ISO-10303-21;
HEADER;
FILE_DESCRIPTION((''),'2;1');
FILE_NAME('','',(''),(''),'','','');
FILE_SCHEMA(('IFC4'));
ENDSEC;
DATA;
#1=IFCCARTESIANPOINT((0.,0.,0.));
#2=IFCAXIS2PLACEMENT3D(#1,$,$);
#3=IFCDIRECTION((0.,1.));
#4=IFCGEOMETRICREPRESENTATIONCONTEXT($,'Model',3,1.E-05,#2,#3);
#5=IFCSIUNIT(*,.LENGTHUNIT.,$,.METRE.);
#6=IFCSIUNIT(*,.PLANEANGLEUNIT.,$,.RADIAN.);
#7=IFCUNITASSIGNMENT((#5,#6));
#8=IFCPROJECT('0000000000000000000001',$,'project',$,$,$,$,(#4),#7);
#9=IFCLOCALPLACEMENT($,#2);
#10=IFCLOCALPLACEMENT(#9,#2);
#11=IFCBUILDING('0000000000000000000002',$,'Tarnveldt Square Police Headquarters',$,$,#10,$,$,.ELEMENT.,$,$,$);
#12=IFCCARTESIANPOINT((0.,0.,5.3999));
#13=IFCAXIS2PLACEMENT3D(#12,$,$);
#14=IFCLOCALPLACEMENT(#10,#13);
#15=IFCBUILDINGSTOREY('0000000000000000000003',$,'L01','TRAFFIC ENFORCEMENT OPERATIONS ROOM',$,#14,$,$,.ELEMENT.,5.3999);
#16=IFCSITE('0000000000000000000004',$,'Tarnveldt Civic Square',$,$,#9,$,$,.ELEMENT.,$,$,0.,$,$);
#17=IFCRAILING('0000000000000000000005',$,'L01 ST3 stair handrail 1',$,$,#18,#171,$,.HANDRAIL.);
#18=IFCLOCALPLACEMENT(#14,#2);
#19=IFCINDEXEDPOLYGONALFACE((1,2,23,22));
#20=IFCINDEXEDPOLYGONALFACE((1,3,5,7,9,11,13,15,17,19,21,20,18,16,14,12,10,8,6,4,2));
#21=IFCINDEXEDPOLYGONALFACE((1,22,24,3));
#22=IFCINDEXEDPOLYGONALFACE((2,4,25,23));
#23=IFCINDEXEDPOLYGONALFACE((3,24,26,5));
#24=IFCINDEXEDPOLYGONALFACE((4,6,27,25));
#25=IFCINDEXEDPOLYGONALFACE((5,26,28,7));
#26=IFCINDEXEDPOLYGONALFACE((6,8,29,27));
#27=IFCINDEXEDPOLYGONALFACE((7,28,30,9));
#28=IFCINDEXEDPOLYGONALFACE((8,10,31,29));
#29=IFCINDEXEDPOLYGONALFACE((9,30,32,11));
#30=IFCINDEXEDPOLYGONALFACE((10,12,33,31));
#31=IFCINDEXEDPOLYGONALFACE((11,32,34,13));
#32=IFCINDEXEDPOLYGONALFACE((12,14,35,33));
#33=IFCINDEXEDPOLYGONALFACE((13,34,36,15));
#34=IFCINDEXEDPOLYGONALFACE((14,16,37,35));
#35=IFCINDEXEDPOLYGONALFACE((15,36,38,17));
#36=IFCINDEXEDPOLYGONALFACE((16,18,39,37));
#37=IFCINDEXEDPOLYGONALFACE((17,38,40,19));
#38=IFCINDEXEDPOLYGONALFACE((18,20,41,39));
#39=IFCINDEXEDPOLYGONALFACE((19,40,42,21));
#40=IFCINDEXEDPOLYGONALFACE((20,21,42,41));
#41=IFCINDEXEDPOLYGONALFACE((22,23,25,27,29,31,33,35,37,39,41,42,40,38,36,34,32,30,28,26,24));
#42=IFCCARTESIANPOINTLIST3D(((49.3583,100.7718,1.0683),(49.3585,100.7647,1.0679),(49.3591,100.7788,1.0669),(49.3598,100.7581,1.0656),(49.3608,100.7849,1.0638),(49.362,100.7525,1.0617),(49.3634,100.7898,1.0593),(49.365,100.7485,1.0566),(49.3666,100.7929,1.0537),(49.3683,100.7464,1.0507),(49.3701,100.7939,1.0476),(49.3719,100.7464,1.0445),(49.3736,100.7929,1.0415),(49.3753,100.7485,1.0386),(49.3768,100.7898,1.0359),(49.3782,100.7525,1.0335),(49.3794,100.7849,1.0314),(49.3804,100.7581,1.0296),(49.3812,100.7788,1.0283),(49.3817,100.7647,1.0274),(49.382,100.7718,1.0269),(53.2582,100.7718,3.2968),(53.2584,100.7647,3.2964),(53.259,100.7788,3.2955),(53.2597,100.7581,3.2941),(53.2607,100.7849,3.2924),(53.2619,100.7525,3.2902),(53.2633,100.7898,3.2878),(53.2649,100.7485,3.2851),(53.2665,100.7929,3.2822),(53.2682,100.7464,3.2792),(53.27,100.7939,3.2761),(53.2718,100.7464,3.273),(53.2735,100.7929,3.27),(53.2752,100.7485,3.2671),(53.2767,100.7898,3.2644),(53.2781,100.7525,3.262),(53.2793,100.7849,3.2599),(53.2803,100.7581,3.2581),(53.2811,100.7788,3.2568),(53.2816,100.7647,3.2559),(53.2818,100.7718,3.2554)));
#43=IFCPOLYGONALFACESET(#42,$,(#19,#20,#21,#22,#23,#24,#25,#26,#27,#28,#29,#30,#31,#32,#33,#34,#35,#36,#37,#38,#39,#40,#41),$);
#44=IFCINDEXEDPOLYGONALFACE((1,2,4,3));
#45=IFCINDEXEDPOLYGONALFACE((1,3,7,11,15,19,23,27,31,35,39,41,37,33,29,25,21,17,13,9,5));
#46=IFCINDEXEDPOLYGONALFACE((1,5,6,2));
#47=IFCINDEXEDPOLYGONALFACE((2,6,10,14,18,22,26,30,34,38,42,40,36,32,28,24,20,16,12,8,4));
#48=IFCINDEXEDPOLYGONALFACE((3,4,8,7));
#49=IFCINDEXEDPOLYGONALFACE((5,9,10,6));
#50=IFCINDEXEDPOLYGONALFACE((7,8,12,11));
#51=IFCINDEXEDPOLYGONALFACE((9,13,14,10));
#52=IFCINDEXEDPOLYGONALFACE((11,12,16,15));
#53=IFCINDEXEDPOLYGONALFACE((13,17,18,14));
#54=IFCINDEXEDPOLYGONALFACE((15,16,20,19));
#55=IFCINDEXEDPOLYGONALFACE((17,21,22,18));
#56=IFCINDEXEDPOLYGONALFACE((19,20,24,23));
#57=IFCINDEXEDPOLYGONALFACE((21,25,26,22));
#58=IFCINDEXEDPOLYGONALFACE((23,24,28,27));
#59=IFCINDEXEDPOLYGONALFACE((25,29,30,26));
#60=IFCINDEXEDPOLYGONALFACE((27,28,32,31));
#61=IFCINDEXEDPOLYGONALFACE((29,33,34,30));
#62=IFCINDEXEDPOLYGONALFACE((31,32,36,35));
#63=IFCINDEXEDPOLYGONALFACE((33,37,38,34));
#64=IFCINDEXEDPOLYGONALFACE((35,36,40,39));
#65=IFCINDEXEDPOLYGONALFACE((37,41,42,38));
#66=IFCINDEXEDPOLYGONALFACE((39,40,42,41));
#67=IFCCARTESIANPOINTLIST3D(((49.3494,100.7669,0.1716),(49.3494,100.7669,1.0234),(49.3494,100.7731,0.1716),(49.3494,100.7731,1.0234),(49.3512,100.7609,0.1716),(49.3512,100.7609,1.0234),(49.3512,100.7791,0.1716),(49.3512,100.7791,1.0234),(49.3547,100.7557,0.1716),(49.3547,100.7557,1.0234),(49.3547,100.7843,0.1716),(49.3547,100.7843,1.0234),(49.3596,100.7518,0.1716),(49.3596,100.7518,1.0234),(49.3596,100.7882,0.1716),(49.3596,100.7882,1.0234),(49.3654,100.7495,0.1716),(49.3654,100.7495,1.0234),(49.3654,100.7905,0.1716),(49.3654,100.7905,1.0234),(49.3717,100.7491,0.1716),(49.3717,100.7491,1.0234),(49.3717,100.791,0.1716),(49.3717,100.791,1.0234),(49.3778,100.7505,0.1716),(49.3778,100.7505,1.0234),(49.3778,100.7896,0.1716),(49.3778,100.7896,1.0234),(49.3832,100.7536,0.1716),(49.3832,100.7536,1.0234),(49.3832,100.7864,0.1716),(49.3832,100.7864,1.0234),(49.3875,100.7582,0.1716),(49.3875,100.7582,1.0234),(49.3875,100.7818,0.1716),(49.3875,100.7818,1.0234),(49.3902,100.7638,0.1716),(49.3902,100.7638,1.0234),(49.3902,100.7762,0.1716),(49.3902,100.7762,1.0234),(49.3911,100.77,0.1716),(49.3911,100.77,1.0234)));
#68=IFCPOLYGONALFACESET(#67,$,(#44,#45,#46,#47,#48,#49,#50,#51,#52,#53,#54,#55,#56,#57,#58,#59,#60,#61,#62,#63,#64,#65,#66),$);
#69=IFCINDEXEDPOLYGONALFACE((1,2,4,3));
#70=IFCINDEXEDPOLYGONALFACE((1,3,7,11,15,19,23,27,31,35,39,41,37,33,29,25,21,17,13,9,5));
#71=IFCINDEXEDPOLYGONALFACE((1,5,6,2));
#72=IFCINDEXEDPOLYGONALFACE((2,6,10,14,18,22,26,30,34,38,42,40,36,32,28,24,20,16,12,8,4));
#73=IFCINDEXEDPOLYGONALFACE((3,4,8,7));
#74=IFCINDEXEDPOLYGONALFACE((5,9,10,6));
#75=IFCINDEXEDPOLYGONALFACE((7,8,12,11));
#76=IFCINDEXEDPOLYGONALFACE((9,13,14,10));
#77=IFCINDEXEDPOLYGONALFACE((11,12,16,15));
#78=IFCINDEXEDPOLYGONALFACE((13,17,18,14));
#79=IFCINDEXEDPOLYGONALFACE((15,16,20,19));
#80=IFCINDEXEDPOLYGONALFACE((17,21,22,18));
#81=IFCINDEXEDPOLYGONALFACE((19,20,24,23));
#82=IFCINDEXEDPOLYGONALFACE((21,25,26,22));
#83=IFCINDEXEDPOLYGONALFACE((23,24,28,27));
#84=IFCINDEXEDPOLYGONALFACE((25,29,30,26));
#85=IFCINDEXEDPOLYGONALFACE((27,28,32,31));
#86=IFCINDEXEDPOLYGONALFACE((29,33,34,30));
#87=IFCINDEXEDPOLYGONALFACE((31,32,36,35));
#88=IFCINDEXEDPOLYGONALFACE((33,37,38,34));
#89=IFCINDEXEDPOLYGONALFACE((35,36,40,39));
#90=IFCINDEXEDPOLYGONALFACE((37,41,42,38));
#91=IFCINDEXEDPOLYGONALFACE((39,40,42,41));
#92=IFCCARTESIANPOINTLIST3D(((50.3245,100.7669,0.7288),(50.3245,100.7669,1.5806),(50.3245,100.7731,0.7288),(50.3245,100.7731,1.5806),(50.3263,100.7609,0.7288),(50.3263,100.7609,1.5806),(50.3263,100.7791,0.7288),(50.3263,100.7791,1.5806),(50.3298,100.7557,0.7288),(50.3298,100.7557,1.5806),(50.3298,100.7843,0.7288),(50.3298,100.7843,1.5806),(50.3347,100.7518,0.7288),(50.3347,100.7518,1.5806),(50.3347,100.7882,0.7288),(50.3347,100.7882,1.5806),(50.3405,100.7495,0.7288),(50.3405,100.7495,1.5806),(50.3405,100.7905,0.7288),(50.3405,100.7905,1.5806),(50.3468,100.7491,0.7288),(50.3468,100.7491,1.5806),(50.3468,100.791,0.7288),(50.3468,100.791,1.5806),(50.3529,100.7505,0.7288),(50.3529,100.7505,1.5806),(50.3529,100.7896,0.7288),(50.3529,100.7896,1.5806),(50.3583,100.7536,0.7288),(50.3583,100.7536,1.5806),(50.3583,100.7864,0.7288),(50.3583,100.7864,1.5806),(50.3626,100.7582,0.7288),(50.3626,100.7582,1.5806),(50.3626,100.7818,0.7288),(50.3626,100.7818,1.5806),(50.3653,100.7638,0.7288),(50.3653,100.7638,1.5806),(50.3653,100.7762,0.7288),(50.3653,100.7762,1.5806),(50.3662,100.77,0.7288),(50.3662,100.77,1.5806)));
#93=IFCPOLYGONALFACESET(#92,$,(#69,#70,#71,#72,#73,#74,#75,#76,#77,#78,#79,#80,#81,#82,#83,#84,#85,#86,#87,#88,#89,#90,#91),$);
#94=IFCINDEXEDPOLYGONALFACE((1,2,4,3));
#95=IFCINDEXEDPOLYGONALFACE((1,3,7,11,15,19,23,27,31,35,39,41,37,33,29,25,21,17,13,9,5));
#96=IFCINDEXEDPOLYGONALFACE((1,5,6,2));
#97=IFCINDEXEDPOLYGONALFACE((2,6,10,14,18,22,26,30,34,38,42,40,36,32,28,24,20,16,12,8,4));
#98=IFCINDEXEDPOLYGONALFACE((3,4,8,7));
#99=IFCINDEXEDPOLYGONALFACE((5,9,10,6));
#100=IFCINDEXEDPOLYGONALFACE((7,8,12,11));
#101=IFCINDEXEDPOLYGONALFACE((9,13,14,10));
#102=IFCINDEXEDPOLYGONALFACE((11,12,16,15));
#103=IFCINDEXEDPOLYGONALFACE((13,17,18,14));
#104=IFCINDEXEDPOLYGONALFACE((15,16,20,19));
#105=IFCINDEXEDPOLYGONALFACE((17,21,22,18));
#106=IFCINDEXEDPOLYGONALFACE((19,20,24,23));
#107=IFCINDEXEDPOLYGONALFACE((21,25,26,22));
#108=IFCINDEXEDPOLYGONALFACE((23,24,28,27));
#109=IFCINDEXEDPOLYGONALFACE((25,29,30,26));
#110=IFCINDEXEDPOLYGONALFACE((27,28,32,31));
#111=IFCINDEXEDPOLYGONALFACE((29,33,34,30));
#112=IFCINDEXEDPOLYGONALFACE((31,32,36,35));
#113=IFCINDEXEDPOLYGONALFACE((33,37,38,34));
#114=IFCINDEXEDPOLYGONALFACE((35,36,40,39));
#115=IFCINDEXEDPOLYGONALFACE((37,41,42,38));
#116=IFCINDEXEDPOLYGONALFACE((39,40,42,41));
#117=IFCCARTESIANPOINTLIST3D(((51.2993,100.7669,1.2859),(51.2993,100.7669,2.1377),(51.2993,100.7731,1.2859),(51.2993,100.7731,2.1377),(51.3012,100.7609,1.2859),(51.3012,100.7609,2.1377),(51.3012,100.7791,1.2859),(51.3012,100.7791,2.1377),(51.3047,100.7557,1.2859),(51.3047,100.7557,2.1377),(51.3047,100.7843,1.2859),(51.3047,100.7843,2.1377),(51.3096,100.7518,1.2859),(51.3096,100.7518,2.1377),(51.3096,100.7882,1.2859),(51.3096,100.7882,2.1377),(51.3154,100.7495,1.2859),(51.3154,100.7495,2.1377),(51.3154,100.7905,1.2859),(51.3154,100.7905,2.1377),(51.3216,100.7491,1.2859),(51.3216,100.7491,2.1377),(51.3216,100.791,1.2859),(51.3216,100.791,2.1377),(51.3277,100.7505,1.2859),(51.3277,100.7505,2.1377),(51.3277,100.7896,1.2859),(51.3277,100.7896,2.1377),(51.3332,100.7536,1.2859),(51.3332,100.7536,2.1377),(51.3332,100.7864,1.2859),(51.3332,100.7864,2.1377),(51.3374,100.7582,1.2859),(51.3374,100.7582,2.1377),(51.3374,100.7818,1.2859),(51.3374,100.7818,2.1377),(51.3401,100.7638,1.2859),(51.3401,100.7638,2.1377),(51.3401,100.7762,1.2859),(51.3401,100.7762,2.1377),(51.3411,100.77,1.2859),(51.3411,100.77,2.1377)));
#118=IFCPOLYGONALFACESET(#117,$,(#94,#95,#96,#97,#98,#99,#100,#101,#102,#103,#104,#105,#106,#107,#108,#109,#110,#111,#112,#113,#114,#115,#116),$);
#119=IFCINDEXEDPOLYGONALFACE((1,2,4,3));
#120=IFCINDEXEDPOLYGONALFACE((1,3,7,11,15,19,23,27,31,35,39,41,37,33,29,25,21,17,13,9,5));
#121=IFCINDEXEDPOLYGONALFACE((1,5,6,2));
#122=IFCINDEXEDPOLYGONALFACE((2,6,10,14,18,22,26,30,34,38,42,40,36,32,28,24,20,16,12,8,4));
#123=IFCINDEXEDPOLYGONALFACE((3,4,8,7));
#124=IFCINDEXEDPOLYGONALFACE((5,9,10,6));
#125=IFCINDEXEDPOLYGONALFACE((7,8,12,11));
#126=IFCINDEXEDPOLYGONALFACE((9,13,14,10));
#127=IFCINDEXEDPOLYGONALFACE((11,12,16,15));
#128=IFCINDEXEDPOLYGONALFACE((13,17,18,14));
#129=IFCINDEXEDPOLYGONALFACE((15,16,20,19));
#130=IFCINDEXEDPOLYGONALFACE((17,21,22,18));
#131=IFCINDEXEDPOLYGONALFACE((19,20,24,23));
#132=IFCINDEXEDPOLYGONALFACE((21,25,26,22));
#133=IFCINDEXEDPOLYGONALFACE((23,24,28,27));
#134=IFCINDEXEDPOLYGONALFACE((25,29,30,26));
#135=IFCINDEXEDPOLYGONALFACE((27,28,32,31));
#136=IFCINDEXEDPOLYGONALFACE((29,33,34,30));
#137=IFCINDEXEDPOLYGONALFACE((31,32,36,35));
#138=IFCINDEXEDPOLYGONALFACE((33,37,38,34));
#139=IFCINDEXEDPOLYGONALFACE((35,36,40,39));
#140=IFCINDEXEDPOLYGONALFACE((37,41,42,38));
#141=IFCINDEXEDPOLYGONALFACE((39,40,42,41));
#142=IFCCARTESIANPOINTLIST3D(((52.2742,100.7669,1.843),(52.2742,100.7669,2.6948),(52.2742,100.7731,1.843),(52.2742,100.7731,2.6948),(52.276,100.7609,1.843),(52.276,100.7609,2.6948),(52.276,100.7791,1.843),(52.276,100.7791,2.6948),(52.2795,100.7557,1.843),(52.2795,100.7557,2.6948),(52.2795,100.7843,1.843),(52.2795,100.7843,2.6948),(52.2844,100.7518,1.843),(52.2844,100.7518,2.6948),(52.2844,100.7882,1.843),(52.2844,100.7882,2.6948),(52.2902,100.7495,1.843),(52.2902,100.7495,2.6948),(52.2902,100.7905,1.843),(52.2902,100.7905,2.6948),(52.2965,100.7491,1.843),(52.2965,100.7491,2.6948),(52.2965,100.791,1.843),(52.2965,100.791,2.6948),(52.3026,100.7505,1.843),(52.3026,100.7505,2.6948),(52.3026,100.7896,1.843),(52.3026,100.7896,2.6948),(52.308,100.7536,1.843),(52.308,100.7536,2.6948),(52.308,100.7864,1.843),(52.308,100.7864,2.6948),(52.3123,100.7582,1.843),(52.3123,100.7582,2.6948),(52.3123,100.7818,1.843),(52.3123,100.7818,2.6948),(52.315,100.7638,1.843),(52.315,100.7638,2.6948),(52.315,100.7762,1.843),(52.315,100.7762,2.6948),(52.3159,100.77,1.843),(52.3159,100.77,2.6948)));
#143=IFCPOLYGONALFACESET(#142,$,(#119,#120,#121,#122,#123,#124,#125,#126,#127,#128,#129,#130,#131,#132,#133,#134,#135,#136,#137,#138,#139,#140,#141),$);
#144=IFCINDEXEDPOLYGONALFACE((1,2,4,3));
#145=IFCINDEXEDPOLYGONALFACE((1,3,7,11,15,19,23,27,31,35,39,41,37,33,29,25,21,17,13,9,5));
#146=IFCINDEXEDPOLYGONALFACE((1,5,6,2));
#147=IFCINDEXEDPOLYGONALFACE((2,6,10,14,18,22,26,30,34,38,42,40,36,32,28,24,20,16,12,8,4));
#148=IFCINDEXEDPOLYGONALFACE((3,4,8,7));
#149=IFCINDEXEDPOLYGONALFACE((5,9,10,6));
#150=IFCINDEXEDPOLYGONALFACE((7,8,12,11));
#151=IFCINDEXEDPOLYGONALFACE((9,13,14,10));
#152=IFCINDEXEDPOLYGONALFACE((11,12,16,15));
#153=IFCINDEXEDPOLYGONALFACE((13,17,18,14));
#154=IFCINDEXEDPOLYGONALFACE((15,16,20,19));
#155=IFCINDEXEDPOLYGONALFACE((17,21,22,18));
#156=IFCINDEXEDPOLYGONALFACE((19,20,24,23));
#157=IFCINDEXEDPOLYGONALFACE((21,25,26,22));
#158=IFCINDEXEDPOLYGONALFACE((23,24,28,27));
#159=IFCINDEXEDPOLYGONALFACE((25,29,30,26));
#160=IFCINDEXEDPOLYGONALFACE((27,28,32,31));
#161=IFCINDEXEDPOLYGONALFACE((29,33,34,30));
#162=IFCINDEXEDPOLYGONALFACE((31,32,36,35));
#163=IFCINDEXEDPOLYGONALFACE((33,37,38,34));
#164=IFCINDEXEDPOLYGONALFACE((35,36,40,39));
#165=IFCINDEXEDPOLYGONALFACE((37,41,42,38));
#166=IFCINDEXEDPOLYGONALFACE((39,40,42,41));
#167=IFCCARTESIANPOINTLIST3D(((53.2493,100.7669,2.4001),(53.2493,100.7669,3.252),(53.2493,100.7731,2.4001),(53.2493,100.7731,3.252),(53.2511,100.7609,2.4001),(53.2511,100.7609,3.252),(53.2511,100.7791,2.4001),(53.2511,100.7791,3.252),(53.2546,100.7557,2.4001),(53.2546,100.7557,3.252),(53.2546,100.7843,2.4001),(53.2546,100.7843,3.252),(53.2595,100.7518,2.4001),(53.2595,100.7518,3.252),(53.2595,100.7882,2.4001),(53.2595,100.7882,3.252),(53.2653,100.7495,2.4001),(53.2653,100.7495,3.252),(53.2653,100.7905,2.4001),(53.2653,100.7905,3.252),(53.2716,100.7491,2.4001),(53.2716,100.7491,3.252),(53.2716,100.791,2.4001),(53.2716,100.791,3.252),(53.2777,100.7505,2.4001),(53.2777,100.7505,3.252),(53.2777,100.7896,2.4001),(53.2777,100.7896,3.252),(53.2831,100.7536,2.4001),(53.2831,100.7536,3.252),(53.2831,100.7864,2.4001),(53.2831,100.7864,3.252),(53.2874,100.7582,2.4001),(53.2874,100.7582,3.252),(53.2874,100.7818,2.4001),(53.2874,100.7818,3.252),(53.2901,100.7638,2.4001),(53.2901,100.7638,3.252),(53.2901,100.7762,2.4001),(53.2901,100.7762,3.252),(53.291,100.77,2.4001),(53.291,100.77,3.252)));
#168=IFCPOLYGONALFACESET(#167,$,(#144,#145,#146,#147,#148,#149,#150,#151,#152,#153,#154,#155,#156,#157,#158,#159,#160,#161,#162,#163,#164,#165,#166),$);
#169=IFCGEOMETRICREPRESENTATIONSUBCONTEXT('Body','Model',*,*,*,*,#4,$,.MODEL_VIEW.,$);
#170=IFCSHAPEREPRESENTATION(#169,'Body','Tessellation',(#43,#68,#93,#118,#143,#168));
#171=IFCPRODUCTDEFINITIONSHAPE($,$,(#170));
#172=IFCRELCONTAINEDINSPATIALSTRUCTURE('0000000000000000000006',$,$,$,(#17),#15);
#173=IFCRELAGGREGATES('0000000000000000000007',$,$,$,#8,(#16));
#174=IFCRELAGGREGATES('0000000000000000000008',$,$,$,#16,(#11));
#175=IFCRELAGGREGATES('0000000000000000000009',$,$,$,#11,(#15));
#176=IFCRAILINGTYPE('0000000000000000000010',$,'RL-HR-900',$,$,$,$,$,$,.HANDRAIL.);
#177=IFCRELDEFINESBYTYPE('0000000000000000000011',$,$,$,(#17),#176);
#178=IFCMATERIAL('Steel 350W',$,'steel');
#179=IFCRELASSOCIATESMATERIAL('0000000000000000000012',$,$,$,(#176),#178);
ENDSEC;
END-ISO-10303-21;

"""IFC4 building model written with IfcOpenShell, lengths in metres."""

from ifc_helpers import new_model, si_unit, direction, frame, origin, origin_2d, place, context, subcontext, project, spatial, circle, extrude, material, type_object, element, save


model = new_model("IFC4")

# Units and contexts
model_context = context("Model", 3, precision=1e-05, world=origin(), true_north=direction((0.0, 1.0)))
body_context = subcontext(model_context, "Body", "Model", "MODEL_VIEW")
ifc_project = project(units=[si_unit("LENGTHUNIT", "METRE"), si_unit("PLANEANGLEUNIT", "RADIAN")], contexts=[model_context])

# Site, building, storey
site_placement = place(None, origin())
site = spatial("IfcSite", under=ifc_project, at=site_placement, Name="Tarnveldt Civic Square", CompositionType="ELEMENT", RefElevation=0.0)
building_placement = place(site_placement, origin())
building = spatial("IfcBuilding", under=site, at=building_placement, Name="Tarnveldt Square Police Headquarters", CompositionType="ELEMENT")
storey_placement = place(building_placement, frame((0.0, 0.0, 5.3999)))
storey = spatial("IfcBuildingStorey", under=building, at=storey_placement, Name="L01", Description="TRAFFIC ENFORCEMENT OPERATIONS ROOM", CompositionType="ELEMENT", Elevation=5.3999)

# Railing
ifc_material_1 = material(Name="Steel 350W", Category="steel")
railing_type_1 = type_object("IfcRailingType", Name="RL-HR-900", PredefinedType="HANDRAIL", material=ifc_material_1)
railing_1_placement = place(storey_placement, frame((49.3701, 100.77, 0.1716)))
element("IfcRailing", 1, at=railing_1_placement, inside=storey, type_object=railing_type_1, Name="L01 ST3 stair handrail 1", PredefinedType="HANDRAIL", context=body_context, shape_type="SweptSolid", body=[
    extrude(circle(Radius=0.0239, at=origin_2d()), frame((0.0, 0.0, 0.876), z_axis=(0.868243, 0.0, 0.496139), x_axis=(0.0, 1.0, 0.0)), (0.0, 0.0, 1.0), 4.4917),
    extrude(circle(Radius=0.021, at=origin_2d()), origin(), (0.0, 0.0, 1.0), 0.8518),
    extrude(circle(Radius=0.021, at=origin_2d()), frame((0.9751, 0.0, 0.5571)), (0.0, 0.0, 1.0), 0.8518),
    extrude(circle(Radius=0.021, at=origin_2d()), frame((1.95, 0.0, 1.1143)), (0.0, 0.0, 1.0), 0.8518),
    extrude(circle(Radius=0.021, at=origin_2d()), frame((2.9248, 0.0, 1.6714)), (0.0, 0.0, 1.0), 0.8518),
    extrude(circle(Radius=0.021, at=origin_2d()), frame((3.8999, 0.0, 2.2285)), (0.0, 0.0, 1.0), 0.8518),
])

save(model, "model.ifc")
